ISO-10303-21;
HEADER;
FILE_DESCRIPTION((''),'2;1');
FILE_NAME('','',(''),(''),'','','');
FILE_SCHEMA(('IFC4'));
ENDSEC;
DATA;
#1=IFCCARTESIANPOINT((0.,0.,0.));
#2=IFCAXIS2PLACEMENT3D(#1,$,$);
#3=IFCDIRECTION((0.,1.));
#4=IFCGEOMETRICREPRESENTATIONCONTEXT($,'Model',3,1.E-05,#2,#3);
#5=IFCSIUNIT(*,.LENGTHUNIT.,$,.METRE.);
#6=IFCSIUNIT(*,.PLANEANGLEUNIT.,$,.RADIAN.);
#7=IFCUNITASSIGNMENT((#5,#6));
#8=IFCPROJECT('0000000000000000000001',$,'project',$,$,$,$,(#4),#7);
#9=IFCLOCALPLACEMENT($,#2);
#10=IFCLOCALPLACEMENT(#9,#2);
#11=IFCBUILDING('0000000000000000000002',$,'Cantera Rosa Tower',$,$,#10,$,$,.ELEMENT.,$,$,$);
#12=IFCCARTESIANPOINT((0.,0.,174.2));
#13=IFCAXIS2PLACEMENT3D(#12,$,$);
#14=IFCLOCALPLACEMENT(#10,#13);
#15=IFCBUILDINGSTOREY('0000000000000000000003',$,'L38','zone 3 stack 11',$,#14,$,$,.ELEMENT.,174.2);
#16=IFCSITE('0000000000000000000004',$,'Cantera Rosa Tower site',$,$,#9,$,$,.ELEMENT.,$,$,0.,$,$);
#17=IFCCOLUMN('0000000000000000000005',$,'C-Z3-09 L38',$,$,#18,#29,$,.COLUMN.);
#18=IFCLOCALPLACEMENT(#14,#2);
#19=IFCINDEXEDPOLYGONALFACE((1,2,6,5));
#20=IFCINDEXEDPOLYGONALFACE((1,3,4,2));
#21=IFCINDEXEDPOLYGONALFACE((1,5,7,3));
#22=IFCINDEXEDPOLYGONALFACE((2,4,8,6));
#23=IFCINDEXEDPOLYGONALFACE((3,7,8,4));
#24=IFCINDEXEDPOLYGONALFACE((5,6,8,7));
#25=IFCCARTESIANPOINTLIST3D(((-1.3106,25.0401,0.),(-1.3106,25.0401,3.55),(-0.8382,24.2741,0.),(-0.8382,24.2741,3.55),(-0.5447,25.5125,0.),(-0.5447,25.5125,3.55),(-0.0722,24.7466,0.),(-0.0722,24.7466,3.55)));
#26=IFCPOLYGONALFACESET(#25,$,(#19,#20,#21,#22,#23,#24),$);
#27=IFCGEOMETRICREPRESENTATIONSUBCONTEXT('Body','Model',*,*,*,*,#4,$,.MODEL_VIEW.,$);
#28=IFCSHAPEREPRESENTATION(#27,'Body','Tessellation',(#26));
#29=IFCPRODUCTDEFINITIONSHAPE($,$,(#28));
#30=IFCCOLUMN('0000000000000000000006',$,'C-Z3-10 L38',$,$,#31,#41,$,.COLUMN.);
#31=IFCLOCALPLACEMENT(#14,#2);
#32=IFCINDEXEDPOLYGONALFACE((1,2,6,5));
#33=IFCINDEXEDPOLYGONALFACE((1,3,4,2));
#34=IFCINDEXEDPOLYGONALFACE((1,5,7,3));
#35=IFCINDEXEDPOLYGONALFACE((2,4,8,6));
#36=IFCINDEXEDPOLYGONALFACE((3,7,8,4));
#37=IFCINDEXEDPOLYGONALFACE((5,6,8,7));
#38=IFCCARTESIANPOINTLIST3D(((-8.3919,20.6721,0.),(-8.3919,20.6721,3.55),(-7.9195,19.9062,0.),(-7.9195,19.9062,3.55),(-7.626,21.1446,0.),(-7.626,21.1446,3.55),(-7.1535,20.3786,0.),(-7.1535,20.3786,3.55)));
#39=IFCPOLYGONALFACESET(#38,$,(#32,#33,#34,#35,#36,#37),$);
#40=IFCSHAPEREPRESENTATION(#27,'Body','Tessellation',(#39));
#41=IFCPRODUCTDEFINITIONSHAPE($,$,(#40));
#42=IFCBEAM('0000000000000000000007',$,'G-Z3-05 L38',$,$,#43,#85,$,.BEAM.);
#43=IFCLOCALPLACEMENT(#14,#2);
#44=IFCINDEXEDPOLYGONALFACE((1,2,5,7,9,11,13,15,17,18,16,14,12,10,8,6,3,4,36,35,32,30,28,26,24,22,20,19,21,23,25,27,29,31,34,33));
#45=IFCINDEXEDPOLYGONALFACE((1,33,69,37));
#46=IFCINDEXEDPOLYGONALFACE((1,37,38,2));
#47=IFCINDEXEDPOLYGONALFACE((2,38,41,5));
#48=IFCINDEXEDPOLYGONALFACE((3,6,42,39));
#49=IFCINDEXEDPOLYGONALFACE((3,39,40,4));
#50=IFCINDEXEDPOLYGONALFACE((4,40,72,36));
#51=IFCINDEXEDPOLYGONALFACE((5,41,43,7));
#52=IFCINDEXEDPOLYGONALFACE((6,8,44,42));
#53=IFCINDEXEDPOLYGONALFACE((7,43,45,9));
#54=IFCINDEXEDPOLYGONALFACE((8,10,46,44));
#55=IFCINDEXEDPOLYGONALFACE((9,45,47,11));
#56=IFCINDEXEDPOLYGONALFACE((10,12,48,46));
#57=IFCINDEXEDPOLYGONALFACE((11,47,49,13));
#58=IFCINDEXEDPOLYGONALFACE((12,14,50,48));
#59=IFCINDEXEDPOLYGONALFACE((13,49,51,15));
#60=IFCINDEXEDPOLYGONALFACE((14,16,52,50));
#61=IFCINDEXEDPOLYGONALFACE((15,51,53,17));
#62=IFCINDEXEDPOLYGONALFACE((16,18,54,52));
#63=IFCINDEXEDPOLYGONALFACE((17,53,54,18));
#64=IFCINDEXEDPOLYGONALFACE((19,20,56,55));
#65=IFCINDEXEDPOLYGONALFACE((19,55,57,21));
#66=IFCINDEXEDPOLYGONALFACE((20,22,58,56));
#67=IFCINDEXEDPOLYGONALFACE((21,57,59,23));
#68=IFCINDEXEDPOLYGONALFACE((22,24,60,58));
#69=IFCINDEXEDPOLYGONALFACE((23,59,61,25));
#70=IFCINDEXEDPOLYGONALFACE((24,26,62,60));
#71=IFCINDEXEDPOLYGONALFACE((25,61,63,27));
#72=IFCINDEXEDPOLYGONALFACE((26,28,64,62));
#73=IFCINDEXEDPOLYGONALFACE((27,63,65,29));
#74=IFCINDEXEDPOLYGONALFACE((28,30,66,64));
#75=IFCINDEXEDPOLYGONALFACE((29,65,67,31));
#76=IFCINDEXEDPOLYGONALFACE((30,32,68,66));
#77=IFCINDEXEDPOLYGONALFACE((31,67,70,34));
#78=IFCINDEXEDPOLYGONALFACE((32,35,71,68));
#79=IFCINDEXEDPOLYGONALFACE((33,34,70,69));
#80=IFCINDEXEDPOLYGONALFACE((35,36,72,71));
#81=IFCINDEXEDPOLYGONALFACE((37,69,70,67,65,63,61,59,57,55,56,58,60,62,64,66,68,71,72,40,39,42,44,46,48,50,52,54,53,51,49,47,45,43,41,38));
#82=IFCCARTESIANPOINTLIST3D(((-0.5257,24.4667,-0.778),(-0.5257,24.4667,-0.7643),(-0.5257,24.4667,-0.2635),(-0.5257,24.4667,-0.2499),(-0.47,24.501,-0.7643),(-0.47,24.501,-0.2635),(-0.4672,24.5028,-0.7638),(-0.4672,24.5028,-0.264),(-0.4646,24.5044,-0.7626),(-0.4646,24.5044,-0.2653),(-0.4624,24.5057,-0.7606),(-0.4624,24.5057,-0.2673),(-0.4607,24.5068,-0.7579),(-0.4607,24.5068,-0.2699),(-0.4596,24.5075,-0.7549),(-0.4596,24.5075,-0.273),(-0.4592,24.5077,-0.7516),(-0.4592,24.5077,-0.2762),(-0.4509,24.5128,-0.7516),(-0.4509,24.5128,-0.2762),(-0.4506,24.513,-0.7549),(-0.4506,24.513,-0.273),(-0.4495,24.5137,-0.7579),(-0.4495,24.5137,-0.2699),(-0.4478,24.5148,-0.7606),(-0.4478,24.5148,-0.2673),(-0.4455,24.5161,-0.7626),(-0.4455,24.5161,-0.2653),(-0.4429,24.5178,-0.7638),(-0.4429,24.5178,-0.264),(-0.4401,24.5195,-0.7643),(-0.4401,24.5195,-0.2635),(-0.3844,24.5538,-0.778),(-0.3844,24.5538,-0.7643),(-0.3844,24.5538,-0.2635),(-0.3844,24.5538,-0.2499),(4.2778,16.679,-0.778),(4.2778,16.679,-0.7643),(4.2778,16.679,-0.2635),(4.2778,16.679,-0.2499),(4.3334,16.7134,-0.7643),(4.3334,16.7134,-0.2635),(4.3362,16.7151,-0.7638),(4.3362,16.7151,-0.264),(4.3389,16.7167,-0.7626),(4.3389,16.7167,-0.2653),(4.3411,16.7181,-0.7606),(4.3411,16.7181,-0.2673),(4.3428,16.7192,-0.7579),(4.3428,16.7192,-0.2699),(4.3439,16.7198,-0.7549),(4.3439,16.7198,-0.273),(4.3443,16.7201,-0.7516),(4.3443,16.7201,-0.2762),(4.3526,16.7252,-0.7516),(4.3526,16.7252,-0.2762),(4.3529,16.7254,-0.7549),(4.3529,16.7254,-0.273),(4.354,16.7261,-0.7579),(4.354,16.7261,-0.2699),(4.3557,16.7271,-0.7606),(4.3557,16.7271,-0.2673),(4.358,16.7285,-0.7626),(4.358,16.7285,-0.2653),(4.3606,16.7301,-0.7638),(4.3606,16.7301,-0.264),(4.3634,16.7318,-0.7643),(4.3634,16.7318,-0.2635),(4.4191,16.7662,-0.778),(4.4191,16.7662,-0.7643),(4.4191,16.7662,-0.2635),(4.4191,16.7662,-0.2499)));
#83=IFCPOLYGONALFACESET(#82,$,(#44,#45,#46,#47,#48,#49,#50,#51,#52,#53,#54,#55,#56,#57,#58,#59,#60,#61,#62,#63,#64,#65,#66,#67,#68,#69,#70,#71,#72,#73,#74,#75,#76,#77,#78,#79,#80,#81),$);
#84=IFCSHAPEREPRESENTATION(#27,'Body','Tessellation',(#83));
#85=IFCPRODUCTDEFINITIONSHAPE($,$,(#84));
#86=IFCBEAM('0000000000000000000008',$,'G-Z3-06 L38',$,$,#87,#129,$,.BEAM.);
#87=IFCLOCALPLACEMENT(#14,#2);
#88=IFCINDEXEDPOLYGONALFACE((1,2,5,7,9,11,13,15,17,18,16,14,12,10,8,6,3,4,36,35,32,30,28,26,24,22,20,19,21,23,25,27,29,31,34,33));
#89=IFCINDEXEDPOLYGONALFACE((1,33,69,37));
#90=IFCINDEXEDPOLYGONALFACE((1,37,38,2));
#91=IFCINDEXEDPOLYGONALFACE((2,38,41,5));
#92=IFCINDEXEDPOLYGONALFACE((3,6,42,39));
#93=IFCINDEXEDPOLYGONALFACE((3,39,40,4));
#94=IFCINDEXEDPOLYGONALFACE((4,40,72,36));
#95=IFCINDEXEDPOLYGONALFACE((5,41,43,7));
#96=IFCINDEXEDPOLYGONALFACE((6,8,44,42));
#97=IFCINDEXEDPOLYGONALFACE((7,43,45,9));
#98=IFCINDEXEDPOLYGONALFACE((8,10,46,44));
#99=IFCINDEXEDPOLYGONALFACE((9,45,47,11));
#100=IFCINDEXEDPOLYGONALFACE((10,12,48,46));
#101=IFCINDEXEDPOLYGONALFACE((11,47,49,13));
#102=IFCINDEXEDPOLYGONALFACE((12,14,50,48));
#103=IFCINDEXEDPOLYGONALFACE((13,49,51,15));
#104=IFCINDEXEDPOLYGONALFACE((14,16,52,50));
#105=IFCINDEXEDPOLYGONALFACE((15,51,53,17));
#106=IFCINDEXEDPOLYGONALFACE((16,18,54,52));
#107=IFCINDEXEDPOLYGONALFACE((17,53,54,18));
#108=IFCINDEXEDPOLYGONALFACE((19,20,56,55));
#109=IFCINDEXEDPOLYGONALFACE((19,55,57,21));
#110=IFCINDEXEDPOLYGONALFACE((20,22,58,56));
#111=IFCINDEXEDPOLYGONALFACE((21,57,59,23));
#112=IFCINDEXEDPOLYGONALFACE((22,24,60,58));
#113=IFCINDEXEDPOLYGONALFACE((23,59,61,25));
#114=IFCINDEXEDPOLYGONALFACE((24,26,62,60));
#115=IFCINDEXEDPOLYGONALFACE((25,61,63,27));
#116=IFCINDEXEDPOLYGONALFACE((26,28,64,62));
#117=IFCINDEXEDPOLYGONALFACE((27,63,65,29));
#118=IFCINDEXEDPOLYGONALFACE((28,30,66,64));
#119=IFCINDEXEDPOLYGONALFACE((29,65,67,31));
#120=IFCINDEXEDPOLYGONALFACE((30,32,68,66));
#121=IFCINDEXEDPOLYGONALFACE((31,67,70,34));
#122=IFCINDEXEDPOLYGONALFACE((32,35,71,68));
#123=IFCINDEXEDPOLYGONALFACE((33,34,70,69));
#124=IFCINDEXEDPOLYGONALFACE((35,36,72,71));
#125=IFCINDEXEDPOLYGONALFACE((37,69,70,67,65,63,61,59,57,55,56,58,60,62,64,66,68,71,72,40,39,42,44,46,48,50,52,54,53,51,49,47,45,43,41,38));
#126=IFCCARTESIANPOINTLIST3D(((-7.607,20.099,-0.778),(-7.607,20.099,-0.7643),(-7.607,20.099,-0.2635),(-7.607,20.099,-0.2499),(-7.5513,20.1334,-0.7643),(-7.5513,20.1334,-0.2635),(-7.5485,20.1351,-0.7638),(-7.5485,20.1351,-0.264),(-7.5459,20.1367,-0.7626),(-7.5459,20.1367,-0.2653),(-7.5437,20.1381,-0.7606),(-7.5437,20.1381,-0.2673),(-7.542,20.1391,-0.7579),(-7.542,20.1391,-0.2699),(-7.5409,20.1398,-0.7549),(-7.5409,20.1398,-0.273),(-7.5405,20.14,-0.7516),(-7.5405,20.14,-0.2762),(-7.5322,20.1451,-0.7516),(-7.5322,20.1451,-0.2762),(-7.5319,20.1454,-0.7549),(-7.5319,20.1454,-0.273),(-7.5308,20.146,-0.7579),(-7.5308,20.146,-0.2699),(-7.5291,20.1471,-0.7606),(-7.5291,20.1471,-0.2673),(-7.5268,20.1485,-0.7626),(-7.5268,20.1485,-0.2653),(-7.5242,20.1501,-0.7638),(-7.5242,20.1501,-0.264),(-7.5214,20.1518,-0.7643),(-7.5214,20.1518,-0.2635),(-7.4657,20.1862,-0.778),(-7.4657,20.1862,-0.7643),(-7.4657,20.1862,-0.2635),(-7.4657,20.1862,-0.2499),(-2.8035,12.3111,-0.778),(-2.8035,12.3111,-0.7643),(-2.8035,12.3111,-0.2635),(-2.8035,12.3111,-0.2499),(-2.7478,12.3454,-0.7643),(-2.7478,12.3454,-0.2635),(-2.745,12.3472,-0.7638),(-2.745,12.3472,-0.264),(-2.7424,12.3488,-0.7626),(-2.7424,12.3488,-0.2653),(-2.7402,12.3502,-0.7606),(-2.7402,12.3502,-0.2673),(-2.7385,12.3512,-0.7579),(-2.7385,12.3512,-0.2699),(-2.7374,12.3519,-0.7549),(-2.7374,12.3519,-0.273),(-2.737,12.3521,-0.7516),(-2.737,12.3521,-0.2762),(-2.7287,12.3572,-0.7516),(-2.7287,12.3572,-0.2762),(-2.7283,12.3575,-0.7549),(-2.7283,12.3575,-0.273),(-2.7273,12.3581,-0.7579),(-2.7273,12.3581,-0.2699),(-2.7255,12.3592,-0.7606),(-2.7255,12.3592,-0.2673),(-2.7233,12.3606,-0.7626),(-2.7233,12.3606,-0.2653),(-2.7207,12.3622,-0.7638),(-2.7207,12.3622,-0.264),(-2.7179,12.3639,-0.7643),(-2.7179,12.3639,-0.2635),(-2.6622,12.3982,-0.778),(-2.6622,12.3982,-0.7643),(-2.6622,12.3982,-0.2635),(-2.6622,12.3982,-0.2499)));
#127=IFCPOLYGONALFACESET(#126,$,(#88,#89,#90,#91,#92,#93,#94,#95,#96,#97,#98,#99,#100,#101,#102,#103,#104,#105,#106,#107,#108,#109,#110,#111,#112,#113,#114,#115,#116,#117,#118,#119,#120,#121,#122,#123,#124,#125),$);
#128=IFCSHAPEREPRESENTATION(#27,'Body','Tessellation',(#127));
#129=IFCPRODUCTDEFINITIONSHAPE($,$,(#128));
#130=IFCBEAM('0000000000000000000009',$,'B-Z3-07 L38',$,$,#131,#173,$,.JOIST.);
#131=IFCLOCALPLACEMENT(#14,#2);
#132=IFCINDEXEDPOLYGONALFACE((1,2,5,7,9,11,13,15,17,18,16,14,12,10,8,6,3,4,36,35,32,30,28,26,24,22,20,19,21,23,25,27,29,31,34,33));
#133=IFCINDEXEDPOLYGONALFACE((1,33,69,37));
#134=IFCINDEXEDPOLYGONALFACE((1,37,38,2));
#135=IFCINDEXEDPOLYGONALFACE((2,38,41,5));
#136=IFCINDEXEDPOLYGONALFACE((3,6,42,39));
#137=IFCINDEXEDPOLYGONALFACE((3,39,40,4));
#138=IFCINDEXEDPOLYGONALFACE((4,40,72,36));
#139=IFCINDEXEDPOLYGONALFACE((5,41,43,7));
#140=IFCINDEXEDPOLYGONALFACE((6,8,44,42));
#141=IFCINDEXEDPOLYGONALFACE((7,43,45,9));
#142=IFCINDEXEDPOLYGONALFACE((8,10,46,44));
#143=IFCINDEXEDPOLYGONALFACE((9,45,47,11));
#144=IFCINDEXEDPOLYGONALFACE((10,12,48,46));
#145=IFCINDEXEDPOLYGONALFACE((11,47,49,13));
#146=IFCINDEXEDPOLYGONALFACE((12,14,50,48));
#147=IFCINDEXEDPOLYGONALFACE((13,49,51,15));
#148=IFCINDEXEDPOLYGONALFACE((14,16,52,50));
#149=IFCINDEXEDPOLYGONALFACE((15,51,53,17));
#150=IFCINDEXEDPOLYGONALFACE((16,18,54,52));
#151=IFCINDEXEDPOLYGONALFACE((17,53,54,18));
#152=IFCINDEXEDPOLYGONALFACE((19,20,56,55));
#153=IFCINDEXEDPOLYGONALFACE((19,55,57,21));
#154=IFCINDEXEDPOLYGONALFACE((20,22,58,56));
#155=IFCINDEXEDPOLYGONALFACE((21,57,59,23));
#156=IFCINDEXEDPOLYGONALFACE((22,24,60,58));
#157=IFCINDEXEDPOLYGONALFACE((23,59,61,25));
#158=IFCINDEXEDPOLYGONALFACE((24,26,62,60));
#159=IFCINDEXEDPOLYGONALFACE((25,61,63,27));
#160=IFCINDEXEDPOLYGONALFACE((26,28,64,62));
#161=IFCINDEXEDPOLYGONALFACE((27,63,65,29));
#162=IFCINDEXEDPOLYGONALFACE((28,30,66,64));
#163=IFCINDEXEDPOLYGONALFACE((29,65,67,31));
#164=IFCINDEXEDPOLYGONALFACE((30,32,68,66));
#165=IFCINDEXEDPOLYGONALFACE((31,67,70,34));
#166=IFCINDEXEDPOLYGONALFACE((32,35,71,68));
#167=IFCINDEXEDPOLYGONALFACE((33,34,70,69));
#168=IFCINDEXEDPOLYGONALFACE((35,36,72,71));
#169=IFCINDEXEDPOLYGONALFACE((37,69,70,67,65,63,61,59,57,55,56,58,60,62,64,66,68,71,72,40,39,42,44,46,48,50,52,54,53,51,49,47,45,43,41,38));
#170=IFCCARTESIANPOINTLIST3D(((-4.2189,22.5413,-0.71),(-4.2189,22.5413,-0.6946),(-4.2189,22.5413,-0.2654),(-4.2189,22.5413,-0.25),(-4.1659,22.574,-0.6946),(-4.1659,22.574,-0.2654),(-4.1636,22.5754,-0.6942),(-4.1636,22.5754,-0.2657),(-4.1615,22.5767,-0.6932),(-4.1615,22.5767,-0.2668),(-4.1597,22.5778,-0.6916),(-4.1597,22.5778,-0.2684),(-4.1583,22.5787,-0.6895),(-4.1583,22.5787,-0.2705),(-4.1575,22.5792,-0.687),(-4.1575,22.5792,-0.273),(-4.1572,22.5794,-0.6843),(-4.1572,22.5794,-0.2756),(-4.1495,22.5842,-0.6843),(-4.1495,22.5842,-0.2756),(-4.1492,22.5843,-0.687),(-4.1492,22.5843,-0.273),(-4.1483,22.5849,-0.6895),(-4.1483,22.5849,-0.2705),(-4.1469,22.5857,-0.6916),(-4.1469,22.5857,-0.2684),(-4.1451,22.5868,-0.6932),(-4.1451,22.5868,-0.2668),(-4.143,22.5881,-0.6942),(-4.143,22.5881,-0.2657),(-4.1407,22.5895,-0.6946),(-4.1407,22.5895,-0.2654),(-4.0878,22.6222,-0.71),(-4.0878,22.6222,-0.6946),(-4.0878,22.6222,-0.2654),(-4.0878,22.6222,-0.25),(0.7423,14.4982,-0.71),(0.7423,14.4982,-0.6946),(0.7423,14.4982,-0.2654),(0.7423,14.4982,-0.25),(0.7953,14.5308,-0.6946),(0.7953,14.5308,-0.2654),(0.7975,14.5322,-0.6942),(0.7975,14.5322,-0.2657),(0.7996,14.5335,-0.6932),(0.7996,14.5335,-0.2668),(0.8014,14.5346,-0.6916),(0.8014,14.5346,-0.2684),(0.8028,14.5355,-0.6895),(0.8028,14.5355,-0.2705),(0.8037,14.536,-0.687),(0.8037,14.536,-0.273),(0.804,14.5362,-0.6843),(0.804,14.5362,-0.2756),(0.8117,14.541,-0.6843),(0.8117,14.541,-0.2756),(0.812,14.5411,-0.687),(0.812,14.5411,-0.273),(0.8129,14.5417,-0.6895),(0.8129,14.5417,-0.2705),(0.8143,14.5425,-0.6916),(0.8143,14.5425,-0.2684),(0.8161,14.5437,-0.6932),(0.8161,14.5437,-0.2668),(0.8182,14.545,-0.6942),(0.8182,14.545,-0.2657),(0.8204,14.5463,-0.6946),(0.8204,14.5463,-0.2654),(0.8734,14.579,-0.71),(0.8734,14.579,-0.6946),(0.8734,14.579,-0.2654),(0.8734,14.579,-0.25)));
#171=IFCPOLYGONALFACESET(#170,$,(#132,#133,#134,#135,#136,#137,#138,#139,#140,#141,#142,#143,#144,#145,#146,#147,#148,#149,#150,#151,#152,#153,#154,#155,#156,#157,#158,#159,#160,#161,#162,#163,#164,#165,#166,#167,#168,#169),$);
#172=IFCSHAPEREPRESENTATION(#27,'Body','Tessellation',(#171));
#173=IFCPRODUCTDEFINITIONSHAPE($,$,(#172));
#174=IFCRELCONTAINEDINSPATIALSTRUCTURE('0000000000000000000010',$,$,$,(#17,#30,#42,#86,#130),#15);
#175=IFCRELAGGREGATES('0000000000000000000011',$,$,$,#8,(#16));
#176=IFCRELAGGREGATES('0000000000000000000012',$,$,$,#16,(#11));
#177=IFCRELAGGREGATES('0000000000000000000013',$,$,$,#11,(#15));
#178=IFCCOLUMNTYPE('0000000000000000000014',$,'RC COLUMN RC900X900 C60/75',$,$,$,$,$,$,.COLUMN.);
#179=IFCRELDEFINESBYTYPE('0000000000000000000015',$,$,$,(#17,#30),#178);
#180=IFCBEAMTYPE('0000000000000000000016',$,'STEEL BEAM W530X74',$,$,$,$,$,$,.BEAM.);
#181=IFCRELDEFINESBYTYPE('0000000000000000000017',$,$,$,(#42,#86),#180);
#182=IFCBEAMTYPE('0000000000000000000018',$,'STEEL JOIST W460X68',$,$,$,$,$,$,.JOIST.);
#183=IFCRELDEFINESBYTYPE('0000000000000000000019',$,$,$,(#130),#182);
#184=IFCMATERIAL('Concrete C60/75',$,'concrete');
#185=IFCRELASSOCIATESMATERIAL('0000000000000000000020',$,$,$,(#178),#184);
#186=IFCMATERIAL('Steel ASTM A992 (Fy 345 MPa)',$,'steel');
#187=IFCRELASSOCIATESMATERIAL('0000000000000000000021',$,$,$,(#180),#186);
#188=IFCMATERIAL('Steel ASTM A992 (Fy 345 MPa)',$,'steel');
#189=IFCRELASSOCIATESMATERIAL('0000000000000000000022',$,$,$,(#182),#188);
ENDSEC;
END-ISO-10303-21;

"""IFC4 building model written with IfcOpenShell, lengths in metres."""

from ifc_helpers import new_model, si_unit, direction, frame, origin, origin_2d, place, context, subcontext, project, spatial, rectangle, i_section, extrude, material, material_profile, profile_set, type_object, element, save


model = new_model("IFC4")

# Units and contexts
model_context = context("Model", 3, precision=1e-05, world=origin(), true_north=direction((0.0, 1.0)))
body_context = subcontext(model_context, "Body", "Model", "MODEL_VIEW")
ifc_project = project(units=[si_unit("LENGTHUNIT", "METRE"), si_unit("PLANEANGLEUNIT", "RADIAN")], contexts=[model_context])

# Site, building, storey
site_placement = place(None, origin())
site = spatial("IfcSite", under=ifc_project, at=site_placement, Name="Cantera Rosa Tower site", CompositionType="ELEMENT", RefElevation=0.0)
building_placement = place(site_placement, origin())
building = spatial("IfcBuilding", under=site, at=building_placement, Name="Cantera Rosa Tower", CompositionType="ELEMENT")
storey_placement = place(building_placement, frame((0.0, 0.0, 174.2)))
storey = spatial("IfcBuildingStorey", under=building, at=storey_placement, Name="L38", Description="zone 3 stack 11", CompositionType="ELEMENT", Elevation=174.2)

# Columns
ifc_material_1 = material(Name="Concrete C60/75", Category="concrete")
ifc_material_profile_1 = material_profile(ifc_material_1, rectangle(XDim=0.8999, YDim=0.8999, at=origin_2d()), Name="RC COLUMN RC900X900 C60/75")
ifc_profile_set_1 = profile_set([ifc_material_profile_1], Name="Concrete C60/75")
column_type = type_object("IfcColumnType", Name="RC COLUMN RC900X900 C60/75", PredefinedType="COLUMN", material=ifc_profile_set_1)
for number, where, z_axis, x_axis, name in (
    (1, (-0.6914, 24.8933, 0.0), (0.0, 0.0, 1.0), (0.851117, 0.524977, 0.0), "C-Z3-09 L38"),
    (2, (-7.7727, 20.5254, 0.0), (0.0, 0.0, 1.0), (0.851117, 0.524977, 0.0), "C-Z3-10 L38"),
):
    element("IfcColumn", number, at=place(storey_placement, frame(where, z_axis=z_axis, x_axis=x_axis)), inside=storey, type_object=column_type, Name=name, PredefinedType="COLUMN", context=body_context, shape_type="SweptSolid", body=[
        extrude(rectangle(XDim=0.8999, YDim=0.8999, at=origin_2d()), origin(), (0.0, 0.0, 1.0), 3.55),
    ])

# Beams
ifc_material_2 = material(Name="Steel ASTM A992 (Fy 345 MPa)", Category="steel")
ifc_material_profile_2 = material_profile(ifc_material_2, i_section(OverallWidth=0.166, OverallDepth=0.5281, WebThickness=0.0098, FlangeThickness=0.0137, FilletRadius=0.0127, at=origin_2d()), Name="W530X74")
ifc_profile_set_2 = profile_set([ifc_material_profile_2], Name="Steel ASTM A992 (Fy 345 MPa)")
beam_type_1 = type_object("IfcBeamType", Name="STEEL BEAM W530X74", PredefinedType="BEAM", material=ifc_profile_set_2)
beam_1_placement = place(storey_placement, frame((-0.4551, 24.5103, -0.5139), z_axis=(0.524977, -0.851116, 0.0), x_axis=(0.851116, 0.524977, 0.0)))
element("IfcBeam", 3, at=beam_1_placement, inside=storey, type_object=beam_type_1, Name="G-Z3-05 L38", PredefinedType="BEAM", context=body_context, shape_type="SweptSolid", body=[
    extrude(i_section(OverallWidth=0.166, OverallDepth=0.5281, WebThickness=0.0098, FlangeThickness=0.0137, FilletRadius=0.0127, at=origin_2d()), origin(), (0.0, 0.0, 1.0), 9.1499),
])
beam_2_placement = place(storey_placement, frame((-7.5364, 20.1426, -0.5139), z_axis=(0.524965, -0.851124, 0.0), x_axis=(0.851124, 0.524965, 0.0)))
element("IfcBeam", 4, at=beam_2_placement, inside=storey, type_object=beam_type_1, Name="G-Z3-06 L38", PredefinedType="BEAM", context=body_context, shape_type="SweptSolid", body=[
    extrude(i_section(OverallWidth=0.166, OverallDepth=0.5281, WebThickness=0.0098, FlangeThickness=0.0137, FilletRadius=0.0127, at=origin_2d()), origin(), (0.0, 0.0, 1.0), 9.1501),
])
ifc_material_3 = material(Name="Steel ASTM A992 (Fy 345 MPa)", Category="steel")
ifc_material_profile_3 = material_profile(ifc_material_3, i_section(OverallWidth=0.1541, OverallDepth=0.46, WebThickness=0.009, FlangeThickness=0.0154, FilletRadius=0.0103, at=origin_2d()), Name="W460X68")
ifc_profile_set_3 = profile_set([ifc_material_profile_3], Name="Steel ASTM A992 (Fy 345 MPa)")
beam_type_2 = type_object("IfcBeamType", Name="STEEL JOIST W460X68", PredefinedType="JOIST", material=ifc_profile_set_3)
beam_3_placement = place(storey_placement, frame((-4.1533, 22.5818, -0.48), z_axis=(0.524981, -0.851114, 0.0), x_axis=(0.851114, 0.524981, 0.0)))
element("IfcBeam", 5, at=beam_3_placement, inside=storey, type_object=beam_type_2, Name="B-Z3-07 L38", PredefinedType="JOIST", context=body_context, shape_type="SweptSolid", body=[
    extrude(i_section(OverallWidth=0.1541, OverallDepth=0.46, WebThickness=0.009, FlangeThickness=0.0154, FilletRadius=0.0103, at=origin_2d()), origin(), (0.0, 0.0, 1.0), 9.4502),
])

save(model, "model.ifc")
